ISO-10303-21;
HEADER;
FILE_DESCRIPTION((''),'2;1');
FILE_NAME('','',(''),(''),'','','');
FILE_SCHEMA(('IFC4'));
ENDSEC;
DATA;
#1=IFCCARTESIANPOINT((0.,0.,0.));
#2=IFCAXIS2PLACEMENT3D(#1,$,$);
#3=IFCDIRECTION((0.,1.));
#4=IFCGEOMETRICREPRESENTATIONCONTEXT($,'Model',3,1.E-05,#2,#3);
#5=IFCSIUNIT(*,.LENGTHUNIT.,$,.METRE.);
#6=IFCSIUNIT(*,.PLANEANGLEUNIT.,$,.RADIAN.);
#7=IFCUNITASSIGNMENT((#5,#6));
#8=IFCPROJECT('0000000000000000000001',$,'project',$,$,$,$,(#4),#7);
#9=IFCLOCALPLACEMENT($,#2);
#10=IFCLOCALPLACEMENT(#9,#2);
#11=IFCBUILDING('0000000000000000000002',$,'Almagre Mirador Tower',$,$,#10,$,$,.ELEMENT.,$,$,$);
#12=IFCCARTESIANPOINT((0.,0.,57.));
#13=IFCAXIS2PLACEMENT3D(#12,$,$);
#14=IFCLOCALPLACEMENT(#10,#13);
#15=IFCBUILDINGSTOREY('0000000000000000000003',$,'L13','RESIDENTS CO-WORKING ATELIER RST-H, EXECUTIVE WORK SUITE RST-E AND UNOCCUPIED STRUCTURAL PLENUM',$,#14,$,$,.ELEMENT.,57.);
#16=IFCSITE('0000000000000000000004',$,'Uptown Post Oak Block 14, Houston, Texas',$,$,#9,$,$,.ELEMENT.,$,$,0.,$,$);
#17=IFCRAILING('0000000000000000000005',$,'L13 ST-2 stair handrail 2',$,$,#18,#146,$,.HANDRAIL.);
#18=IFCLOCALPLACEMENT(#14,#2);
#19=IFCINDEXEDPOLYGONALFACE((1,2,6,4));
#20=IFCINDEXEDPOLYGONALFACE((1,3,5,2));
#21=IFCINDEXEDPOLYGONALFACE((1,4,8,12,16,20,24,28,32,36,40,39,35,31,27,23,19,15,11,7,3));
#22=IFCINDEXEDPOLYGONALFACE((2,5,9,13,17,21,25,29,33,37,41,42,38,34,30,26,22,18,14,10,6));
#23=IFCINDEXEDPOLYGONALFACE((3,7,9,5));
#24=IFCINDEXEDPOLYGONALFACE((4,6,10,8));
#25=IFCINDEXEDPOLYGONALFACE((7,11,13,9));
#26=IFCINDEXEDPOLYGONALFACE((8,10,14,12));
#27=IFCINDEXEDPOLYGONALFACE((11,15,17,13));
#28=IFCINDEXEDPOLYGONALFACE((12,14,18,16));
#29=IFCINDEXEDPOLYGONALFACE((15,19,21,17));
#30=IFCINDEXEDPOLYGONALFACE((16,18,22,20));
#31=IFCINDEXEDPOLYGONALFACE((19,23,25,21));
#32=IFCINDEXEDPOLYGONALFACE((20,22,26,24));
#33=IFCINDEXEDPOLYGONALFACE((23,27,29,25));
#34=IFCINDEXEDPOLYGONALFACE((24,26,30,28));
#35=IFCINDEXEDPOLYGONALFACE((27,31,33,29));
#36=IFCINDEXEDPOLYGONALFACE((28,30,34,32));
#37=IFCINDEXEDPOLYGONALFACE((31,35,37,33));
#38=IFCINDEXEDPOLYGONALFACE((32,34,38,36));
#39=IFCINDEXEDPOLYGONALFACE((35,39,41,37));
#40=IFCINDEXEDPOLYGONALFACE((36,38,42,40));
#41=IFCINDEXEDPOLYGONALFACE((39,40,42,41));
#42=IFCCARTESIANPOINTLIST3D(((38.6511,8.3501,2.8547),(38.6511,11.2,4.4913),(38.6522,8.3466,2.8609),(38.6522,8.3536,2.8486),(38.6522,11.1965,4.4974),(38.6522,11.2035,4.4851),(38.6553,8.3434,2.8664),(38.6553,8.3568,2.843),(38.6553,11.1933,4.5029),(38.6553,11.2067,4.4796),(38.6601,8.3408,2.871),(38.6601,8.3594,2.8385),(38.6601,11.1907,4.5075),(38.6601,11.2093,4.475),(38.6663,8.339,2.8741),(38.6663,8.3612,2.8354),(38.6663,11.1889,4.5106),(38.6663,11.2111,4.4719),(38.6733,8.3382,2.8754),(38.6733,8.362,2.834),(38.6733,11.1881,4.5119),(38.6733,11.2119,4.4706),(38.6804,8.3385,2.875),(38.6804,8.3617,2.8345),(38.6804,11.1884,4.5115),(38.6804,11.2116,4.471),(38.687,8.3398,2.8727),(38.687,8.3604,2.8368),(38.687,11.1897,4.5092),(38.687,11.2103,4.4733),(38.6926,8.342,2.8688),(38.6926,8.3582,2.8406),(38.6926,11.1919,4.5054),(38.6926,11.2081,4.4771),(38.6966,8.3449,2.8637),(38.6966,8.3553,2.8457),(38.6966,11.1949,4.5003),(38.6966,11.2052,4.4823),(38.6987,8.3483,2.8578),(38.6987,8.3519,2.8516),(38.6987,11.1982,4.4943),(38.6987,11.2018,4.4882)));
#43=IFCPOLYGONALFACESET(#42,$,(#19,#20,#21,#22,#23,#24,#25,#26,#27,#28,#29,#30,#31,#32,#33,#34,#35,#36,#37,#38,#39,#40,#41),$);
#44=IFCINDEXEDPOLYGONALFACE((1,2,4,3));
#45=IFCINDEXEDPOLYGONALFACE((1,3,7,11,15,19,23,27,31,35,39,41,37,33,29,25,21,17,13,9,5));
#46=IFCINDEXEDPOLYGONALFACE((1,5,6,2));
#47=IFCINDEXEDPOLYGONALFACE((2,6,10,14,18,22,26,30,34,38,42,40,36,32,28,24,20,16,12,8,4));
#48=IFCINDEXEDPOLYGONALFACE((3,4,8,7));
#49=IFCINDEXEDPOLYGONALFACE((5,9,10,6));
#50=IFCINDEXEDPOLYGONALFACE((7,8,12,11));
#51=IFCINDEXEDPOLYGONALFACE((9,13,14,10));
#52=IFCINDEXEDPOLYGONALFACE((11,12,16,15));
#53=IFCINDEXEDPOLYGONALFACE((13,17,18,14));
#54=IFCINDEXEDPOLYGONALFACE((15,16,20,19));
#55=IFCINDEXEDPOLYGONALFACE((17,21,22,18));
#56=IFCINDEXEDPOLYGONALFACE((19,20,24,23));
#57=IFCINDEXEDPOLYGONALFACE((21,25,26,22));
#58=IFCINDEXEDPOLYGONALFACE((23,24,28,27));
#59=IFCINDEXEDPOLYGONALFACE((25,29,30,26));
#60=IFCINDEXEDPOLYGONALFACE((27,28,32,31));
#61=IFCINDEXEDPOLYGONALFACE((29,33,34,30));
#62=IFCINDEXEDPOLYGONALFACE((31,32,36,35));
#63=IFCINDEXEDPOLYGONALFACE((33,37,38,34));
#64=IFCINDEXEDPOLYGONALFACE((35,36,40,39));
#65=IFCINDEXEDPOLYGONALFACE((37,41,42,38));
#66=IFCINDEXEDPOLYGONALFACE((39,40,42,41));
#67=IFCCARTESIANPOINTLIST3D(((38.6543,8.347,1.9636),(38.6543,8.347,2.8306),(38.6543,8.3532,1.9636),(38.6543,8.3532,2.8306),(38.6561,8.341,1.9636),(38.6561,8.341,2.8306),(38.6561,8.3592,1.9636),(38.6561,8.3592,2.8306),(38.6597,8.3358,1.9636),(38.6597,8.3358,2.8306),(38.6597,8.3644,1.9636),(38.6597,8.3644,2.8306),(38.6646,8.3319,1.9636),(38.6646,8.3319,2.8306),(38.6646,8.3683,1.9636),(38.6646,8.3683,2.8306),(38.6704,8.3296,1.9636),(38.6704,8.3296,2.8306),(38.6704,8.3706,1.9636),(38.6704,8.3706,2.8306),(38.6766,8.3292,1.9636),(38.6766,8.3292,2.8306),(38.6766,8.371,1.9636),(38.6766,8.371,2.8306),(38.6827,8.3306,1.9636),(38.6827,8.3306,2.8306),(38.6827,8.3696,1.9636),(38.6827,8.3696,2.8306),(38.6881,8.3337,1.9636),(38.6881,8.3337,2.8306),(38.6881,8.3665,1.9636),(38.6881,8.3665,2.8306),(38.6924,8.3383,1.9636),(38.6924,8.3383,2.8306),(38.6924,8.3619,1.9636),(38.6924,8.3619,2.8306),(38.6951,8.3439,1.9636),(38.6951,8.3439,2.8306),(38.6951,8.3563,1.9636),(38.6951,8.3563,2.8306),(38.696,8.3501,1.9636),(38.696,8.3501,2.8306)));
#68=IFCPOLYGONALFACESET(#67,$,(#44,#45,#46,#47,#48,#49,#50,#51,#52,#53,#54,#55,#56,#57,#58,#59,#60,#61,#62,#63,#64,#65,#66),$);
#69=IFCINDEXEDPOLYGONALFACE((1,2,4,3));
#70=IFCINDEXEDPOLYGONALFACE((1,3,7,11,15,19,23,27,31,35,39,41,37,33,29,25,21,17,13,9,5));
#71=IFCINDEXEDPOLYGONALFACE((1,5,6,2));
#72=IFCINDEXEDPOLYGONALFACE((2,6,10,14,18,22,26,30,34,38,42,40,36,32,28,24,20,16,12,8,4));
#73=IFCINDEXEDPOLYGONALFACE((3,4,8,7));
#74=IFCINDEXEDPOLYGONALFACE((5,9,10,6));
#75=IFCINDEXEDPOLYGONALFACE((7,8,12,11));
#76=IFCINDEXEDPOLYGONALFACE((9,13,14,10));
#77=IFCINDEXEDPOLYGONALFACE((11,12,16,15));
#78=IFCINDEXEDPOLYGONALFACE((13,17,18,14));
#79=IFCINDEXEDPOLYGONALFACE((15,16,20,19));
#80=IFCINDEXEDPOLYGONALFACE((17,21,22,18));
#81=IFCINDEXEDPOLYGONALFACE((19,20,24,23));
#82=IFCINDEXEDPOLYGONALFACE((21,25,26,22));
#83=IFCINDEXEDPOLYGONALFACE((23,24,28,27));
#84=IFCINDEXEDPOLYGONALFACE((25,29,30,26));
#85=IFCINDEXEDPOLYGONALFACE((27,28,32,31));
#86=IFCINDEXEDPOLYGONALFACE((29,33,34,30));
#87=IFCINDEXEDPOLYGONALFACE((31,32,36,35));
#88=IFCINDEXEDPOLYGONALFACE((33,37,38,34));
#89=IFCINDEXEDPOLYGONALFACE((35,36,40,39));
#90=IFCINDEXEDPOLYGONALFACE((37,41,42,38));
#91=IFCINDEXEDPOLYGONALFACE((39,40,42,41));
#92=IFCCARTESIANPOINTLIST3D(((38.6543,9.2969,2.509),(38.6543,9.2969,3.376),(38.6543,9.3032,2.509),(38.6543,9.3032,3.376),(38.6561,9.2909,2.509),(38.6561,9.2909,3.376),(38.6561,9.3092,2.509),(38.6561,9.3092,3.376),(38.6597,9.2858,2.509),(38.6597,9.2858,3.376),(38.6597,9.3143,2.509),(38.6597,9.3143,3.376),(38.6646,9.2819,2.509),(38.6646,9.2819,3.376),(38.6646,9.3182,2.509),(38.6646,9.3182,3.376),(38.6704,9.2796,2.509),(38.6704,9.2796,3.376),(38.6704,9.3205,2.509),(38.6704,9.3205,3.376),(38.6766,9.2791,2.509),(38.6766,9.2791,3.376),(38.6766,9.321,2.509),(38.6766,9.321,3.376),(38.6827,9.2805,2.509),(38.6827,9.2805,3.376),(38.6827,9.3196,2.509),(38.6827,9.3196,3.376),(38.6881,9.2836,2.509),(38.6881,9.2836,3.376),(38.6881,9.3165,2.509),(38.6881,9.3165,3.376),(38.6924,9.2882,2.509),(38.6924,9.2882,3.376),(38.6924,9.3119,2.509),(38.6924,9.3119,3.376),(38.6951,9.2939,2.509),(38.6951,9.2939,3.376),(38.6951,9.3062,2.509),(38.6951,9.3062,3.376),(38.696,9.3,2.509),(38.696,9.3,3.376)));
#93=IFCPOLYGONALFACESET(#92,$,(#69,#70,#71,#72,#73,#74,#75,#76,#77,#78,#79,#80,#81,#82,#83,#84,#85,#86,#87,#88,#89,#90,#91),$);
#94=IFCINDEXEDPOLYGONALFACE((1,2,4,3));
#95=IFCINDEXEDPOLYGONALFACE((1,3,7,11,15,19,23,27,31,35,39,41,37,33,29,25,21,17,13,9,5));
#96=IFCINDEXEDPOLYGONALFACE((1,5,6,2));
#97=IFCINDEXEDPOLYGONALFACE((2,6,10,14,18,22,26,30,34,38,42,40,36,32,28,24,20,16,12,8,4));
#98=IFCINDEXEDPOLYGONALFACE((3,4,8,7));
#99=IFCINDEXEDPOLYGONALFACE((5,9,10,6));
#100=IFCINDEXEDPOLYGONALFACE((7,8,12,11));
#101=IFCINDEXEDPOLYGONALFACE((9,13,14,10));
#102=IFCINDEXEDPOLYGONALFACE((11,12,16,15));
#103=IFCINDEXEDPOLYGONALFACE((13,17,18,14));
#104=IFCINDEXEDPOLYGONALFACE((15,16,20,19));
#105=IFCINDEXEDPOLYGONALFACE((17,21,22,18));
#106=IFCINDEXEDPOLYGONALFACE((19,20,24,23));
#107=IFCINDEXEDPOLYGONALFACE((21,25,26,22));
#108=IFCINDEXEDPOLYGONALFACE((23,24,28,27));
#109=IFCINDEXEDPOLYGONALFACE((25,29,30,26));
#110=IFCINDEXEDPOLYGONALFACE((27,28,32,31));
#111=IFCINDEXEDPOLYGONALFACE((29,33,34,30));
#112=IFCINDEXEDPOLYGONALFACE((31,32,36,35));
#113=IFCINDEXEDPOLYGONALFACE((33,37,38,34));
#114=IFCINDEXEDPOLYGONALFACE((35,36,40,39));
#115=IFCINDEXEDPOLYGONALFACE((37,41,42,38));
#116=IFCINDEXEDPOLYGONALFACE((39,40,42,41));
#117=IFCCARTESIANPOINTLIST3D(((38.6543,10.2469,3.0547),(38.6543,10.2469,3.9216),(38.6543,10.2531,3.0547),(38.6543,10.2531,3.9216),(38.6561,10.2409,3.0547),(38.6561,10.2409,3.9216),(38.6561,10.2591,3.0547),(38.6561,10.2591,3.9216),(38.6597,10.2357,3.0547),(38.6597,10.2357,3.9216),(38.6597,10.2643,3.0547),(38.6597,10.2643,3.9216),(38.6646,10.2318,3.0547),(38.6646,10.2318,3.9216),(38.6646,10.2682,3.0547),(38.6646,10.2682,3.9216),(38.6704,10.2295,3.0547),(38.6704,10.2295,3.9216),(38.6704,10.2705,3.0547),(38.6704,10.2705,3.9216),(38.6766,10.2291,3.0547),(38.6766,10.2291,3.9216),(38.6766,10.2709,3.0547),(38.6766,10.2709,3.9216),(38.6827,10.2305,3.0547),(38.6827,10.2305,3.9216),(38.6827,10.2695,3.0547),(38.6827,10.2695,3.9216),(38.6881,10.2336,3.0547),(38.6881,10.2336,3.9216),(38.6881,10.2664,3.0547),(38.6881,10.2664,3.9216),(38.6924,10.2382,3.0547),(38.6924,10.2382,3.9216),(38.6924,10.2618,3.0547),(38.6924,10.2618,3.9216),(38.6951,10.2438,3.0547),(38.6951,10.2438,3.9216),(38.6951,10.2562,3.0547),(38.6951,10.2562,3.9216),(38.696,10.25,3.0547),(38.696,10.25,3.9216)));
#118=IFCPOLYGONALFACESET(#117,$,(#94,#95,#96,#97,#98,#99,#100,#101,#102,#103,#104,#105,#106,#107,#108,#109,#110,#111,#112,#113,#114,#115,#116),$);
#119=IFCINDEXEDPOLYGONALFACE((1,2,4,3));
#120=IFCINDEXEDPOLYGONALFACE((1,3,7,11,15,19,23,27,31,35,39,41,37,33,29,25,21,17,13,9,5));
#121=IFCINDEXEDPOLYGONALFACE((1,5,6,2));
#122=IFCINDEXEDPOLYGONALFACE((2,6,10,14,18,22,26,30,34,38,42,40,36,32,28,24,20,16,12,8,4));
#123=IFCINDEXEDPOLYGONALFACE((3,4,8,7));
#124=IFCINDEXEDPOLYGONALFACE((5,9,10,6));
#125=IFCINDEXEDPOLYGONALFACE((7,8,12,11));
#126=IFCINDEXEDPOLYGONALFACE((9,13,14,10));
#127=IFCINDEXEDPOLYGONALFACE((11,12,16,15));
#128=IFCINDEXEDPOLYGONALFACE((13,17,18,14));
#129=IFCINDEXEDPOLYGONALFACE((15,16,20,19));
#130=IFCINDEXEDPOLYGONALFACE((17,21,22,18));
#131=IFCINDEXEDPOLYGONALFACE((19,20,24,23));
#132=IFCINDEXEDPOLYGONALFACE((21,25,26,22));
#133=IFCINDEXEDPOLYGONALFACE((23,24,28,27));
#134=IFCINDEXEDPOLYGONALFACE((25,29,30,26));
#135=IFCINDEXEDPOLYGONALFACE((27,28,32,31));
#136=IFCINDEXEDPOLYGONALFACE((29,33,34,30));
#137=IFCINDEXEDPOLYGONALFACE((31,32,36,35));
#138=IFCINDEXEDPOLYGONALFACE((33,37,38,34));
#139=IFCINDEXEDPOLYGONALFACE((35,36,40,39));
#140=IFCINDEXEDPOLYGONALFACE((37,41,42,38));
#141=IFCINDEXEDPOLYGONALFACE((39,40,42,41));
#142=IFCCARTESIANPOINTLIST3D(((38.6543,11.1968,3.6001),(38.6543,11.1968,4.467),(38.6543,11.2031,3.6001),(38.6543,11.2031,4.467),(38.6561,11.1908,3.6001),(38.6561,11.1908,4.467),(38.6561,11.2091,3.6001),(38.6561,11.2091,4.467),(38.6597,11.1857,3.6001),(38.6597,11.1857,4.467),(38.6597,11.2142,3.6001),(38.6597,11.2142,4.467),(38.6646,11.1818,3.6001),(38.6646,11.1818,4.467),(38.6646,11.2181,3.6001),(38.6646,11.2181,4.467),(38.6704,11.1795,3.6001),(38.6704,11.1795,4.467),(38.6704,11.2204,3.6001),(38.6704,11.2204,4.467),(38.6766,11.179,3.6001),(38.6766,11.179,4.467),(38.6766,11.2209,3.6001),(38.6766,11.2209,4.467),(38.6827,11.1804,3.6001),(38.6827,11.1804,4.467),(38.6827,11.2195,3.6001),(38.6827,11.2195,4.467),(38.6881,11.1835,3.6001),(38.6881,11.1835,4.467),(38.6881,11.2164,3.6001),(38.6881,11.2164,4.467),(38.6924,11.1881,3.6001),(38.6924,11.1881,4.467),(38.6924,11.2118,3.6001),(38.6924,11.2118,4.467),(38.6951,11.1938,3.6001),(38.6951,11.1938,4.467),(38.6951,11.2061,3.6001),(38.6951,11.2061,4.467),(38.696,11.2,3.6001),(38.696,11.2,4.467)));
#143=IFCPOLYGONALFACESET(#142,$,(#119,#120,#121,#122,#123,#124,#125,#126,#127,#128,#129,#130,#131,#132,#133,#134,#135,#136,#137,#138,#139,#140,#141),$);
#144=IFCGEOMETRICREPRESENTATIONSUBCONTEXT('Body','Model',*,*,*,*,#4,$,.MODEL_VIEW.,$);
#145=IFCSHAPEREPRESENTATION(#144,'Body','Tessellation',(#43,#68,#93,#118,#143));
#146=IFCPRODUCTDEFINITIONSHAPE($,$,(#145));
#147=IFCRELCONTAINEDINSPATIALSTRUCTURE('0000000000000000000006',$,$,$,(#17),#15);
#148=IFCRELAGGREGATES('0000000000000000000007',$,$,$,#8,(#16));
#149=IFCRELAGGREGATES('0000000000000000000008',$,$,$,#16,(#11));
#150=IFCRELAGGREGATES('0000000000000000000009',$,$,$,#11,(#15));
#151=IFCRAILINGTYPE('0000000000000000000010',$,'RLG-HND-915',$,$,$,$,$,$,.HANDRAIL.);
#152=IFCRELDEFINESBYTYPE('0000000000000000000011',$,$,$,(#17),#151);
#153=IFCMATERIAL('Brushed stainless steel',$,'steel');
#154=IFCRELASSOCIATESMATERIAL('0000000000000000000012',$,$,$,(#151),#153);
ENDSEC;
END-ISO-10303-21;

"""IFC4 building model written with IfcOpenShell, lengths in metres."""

from ifc_helpers import new_model, si_unit, direction, frame, origin, origin_2d, place, context, subcontext, project, spatial, circle, extrude, material, type_object, element, save


model = new_model("IFC4")

# Units and contexts
model_context = context("Model", 3, precision=1e-05, world=origin(), true_north=direction((0.0, 1.0)))
body_context = subcontext(model_context, "Body", "Model", "MODEL_VIEW")
ifc_project = project(units=[si_unit("LENGTHUNIT", "METRE"), si_unit("PLANEANGLEUNIT", "RADIAN")], contexts=[model_context])

# Site, building, storey
site_placement = place(None, origin())
site = spatial("IfcSite", under=ifc_project, at=site_placement, Name="Uptown Post Oak Block 14, Houston, Texas", CompositionType="ELEMENT", RefElevation=0.0)
building_placement = place(site_placement, origin())
building = spatial("IfcBuilding", under=site, at=building_placement, Name="Almagre Mirador Tower", CompositionType="ELEMENT")
storey_placement = place(building_placement, frame((0.0, 0.0, 57.0)))
storey = spatial("IfcBuildingStorey", under=building, at=storey_placement, Name="L13", Description="RESIDENTS CO-WORKING ATELIER RST-H, EXECUTIVE WORK SUITE RST-E AND UNOCCUPIED STRUCTURAL PLENUM", CompositionType="ELEMENT", Elevation=57.0)

# Railing
ifc_material_1 = material(Name="Brushed stainless steel", Category="steel")
railing_type_1 = type_object("IfcRailingType", Name="RLG-HND-915", PredefinedType="HANDRAIL", material=ifc_material_1)
railing_1_placement = place(storey_placement, frame((38.675, 8.3501, 1.9636)))
element("IfcRailing", 1, at=railing_1_placement, inside=storey, type_object=railing_type_1, Name="L13 ST-2 stair handrail 2", PredefinedType="HANDRAIL", context=body_context, shape_type="SweptSolid", body=[
    extrude(circle(Radius=0.0239, at=origin_2d()), frame((0.0, 0.0, 0.8911), z_axis=(0.0, 0.867194, 0.49797), x_axis=(-1.0, 0.0, 0.0)), (0.0, 0.0, 1.0), 3.2864),
    extrude(circle(Radius=0.021, at=origin_2d()), origin(), (0.0, 0.0, 1.0), 0.8669),
    extrude(circle(Radius=0.021, at=origin_2d()), frame((0.0, 0.95, 0.5454)), (0.0, 0.0, 1.0), 0.8669),
    extrude(circle(Radius=0.021, at=origin_2d()), frame((0.0, 1.8999, 1.0911)), (0.0, 0.0, 1.0), 0.8669),
    extrude(circle(Radius=0.021, at=origin_2d()), frame((0.0, 2.8499, 1.6365)), (0.0, 0.0, 1.0), 0.8669),
])

save(model, "model.ifc")
